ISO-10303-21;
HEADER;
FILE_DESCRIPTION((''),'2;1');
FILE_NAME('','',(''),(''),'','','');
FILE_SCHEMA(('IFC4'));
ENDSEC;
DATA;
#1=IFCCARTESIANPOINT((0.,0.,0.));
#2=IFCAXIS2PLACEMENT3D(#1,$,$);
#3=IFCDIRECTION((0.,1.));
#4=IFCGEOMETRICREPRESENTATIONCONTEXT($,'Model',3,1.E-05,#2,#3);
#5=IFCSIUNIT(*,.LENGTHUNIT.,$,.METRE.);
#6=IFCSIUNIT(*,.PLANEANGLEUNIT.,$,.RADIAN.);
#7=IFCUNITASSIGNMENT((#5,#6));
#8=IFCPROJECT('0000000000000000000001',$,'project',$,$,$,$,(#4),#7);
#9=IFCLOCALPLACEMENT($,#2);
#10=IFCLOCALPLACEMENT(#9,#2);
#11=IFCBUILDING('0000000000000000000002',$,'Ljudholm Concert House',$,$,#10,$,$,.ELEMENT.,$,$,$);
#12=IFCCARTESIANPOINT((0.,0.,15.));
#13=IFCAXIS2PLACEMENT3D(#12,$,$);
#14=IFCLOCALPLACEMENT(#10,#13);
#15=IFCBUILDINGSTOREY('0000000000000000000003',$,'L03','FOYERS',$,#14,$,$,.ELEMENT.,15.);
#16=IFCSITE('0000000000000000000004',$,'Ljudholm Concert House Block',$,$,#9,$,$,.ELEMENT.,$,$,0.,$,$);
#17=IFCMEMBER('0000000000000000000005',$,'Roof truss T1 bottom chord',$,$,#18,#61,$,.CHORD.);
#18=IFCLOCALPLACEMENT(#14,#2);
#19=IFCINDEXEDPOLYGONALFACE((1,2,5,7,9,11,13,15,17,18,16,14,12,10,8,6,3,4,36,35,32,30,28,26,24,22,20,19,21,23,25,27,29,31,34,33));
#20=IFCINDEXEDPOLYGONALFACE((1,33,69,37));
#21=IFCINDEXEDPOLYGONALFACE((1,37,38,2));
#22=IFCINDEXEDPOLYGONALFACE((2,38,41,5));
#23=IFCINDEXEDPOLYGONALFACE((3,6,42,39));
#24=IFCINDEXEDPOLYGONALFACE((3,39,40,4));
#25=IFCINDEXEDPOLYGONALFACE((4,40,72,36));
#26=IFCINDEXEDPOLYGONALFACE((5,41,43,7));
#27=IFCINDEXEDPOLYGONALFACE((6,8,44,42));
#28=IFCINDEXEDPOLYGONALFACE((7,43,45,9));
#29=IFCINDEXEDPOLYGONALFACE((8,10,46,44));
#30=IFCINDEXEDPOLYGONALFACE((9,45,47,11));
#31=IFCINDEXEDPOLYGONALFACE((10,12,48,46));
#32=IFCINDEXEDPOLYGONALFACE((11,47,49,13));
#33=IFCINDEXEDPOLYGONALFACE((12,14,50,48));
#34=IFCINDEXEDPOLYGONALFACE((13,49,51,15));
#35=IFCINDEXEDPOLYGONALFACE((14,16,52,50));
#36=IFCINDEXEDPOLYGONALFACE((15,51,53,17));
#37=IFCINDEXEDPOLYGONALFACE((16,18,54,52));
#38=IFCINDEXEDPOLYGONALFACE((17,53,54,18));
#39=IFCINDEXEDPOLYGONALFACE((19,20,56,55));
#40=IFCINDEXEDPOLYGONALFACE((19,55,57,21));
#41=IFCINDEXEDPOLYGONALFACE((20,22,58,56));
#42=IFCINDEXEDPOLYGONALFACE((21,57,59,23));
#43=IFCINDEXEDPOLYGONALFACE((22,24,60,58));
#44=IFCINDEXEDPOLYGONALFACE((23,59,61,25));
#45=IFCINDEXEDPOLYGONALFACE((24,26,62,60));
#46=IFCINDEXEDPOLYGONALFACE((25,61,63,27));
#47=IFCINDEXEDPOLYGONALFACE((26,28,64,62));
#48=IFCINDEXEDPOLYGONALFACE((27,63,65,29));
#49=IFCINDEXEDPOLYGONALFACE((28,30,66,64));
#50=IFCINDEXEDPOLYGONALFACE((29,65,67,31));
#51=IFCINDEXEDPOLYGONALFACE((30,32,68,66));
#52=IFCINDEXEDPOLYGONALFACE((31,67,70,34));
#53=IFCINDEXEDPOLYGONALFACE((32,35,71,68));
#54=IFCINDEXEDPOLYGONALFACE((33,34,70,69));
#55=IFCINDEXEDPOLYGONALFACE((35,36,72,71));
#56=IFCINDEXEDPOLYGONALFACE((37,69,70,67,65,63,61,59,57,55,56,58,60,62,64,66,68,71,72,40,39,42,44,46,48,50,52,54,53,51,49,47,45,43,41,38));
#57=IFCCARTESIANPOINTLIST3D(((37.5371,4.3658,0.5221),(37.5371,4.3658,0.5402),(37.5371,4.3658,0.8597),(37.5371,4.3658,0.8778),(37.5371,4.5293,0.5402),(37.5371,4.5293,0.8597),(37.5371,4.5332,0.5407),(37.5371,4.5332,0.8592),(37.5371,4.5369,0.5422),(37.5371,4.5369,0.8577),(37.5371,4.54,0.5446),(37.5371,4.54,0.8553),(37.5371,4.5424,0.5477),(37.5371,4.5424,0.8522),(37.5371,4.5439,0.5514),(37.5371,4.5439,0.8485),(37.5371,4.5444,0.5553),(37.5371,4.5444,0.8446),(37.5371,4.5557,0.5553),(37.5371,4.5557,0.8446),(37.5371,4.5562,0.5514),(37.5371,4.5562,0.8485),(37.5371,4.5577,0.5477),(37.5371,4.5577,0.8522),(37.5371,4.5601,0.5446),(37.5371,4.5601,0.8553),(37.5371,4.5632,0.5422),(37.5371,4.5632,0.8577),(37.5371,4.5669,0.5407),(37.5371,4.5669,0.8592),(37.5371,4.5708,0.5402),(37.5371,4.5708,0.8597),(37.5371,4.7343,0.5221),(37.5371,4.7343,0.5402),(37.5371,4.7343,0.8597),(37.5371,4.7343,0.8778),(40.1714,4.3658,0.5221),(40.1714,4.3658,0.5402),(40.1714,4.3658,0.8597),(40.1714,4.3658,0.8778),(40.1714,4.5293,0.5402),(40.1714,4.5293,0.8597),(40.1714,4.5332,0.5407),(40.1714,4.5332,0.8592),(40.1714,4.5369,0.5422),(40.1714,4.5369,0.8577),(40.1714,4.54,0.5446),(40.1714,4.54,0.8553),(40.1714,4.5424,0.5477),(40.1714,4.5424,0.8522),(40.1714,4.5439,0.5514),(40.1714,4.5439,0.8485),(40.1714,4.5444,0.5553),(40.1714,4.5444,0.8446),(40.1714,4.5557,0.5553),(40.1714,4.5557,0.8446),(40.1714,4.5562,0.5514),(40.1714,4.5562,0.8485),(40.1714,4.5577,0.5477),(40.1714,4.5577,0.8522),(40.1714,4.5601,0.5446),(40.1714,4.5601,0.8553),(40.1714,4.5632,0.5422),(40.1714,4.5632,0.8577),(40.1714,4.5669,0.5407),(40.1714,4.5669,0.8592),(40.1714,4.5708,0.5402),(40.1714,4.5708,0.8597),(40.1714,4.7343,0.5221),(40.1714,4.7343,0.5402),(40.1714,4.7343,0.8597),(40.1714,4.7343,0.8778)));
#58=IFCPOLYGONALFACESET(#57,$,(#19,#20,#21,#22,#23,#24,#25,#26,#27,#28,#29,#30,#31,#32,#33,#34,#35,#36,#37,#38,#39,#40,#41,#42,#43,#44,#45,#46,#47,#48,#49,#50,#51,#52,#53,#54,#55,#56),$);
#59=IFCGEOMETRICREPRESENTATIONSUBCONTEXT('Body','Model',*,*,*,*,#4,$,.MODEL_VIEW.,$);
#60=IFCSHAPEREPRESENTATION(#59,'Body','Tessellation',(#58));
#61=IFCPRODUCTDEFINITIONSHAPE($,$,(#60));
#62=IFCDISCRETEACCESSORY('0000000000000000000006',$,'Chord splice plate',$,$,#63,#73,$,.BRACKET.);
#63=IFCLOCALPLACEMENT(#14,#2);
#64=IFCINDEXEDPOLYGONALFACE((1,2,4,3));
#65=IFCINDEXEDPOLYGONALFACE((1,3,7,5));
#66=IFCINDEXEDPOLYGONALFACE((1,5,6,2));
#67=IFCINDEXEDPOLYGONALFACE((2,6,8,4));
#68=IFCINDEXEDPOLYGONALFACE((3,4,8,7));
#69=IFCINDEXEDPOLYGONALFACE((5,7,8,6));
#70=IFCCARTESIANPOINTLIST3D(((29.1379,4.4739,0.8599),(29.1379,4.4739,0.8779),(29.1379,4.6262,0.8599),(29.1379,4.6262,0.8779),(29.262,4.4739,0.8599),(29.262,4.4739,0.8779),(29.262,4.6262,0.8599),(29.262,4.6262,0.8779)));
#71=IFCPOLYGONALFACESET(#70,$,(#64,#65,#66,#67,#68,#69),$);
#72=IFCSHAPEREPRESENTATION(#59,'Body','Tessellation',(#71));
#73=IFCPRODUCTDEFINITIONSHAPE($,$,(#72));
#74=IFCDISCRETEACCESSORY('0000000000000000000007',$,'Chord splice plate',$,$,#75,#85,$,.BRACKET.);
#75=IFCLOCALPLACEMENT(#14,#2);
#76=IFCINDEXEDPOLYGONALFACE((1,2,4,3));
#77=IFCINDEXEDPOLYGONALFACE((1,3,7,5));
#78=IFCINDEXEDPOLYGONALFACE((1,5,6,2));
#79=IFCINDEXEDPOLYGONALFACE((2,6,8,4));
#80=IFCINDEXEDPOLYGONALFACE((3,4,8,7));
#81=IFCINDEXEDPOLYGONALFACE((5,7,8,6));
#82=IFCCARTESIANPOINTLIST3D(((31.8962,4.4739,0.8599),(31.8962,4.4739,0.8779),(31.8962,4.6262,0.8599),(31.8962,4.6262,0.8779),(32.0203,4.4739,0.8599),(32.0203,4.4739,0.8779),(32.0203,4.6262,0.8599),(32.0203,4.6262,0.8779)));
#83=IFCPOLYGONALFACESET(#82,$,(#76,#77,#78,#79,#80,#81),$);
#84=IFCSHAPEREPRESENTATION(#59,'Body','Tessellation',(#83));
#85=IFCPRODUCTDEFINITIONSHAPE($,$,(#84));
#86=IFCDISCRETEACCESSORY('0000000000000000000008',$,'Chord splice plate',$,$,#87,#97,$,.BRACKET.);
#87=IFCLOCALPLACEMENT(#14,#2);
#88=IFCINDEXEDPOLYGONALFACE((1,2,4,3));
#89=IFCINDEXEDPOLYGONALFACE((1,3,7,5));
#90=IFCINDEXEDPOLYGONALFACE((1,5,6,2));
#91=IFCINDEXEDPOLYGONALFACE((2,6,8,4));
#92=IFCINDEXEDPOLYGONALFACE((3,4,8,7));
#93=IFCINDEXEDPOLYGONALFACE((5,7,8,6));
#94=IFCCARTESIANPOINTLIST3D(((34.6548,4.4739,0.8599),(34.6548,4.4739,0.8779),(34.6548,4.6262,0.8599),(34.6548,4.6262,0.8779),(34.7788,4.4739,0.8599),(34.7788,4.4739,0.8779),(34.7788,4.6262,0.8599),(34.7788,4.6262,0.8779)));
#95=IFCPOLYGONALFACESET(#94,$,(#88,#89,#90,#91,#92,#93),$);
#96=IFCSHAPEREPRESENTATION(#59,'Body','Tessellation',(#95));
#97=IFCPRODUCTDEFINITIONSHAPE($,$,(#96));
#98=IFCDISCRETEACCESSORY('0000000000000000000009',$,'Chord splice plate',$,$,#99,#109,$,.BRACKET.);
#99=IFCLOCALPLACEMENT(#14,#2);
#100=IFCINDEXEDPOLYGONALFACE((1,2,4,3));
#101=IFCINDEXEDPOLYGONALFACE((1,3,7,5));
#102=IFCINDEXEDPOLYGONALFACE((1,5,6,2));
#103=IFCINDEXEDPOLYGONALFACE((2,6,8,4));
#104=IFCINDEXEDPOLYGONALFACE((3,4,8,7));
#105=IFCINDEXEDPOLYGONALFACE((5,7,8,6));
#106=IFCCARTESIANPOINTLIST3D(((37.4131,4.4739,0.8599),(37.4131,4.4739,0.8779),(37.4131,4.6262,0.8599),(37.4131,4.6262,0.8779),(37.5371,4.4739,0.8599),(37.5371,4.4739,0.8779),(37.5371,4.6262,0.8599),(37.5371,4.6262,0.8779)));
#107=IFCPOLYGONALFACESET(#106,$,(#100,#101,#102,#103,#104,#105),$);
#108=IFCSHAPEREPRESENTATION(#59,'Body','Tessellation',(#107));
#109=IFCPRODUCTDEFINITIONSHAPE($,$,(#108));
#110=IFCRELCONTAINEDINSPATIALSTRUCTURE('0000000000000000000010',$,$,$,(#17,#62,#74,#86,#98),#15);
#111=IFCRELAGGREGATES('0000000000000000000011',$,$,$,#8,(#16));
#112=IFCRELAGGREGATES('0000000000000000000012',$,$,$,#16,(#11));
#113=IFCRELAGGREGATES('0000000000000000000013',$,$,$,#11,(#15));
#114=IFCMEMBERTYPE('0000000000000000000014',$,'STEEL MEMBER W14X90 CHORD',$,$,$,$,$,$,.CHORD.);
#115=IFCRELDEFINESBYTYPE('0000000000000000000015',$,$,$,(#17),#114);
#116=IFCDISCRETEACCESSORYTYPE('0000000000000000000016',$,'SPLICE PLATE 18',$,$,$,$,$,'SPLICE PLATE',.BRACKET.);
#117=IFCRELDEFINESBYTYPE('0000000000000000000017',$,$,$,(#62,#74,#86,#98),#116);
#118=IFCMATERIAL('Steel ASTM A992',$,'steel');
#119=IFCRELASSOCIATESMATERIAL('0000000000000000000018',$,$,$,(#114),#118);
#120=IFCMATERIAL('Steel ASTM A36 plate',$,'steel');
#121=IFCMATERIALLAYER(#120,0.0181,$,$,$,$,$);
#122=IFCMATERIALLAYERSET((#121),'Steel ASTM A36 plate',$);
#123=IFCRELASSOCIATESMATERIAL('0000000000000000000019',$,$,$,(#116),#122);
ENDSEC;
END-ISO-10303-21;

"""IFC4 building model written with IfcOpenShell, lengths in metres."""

from ifc_helpers import new_model, si_unit, direction, frame, origin, origin_2d, place, context, subcontext, project, spatial, rectangle, i_section, extrude, material, layer, layer_set, material_profile, profile_set, type_object, element, save


model = new_model("IFC4")

# Units and contexts
model_context = context("Model", 3, precision=1e-05, world=origin(), true_north=direction((0.0, 1.0)))
body_context = subcontext(model_context, "Body", "Model", "MODEL_VIEW")
ifc_project = project(units=[si_unit("LENGTHUNIT", "METRE"), si_unit("PLANEANGLEUNIT", "RADIAN")], contexts=[model_context])

# Site, building, storey
site_placement = place(None, origin())
site = spatial("IfcSite", under=ifc_project, at=site_placement, Name="Ljudholm Concert House Block", CompositionType="ELEMENT", RefElevation=0.0)
building_placement = place(site_placement, origin())
building = spatial("IfcBuilding", under=site, at=building_placement, Name="Ljudholm Concert House", CompositionType="ELEMENT")
storey_placement = place(building_placement, frame((0.0, 0.0, 15.0)))
storey = spatial("IfcBuildingStorey", under=building, at=storey_placement, Name="L03", Description="FOYERS", CompositionType="ELEMENT", Elevation=15.0)

# Member
ifc_material_1 = material(Name="Steel ASTM A992", Category="steel")
ifc_material_profile_1 = material_profile(ifc_material_1, i_section(OverallWidth=0.3684, OverallDepth=0.3557, WebThickness=0.0112, FlangeThickness=0.0181, FilletRadius=0.0151, at=origin_2d()), Name="W14X90")
ifc_profile_set_1 = profile_set([ifc_material_profile_1], Name="Steel ASTM A992")
member_type = type_object("IfcMemberType", Name="STEEL MEMBER W14X90 CHORD", PredefinedType="CHORD", material=ifc_profile_set_1)
member_1_placement = place(storey_placement, frame((37.5371, 4.55, 0.7), z_axis=(1.0, 0.0, 0.0), x_axis=(0.0, 1.0, 0.0)))
element("IfcMember", 1, at=member_1_placement, inside=storey, type_object=member_type, Name="Roof truss T1 bottom chord", PredefinedType="CHORD", context=body_context, shape_type="SweptSolid", body=[
    extrude(i_section(OverallWidth=0.3684, OverallDepth=0.3557, WebThickness=0.0112, FlangeThickness=0.0181, FilletRadius=0.0151, at=origin_2d()), origin(), (0.0, 0.0, 1.0), 2.6343),
])

# Discrete accessories
ifc_material_2 = material(Name="Steel ASTM A36 plate", Category="steel")
ifc_layer_1 = layer(ifc_material_2, 0.0181)
ifc_layer_set_1 = layer_set([ifc_layer_1], Name="Steel ASTM A36 plate")
discrete_accessory_type_1 = type_object("IfcDiscreteAccessoryType", Name="SPLICE PLATE 18", ElementType="SPLICE PLATE", PredefinedType="BRACKET", material=ifc_layer_set_1)
for number, where, z_axis, x_axis, name in (
    (2, (29.2, 4.55, 0.8599), (0.0, 0.0, 1.0), (1.0, 0.0, 0.0), "Chord splice plate"),
    (3, (31.9583, 4.55, 0.8599), (0.0, 0.0, 1.0), (1.0, 0.0, 0.0), "Chord splice plate"),
    (4, (34.7168, 4.55, 0.8599), (0.0, 0.0, 1.0), (1.0, 0.0, 0.0), "Chord splice plate"),
    (5, (37.4751, 4.55, 0.8599), (0.0, 0.0, 1.0), (1.0, 0.0, 0.0), "Chord splice plate"),
):
    element("IfcDiscreteAccessory", number, at=place(storey_placement, frame(where, z_axis=z_axis, x_axis=x_axis)), inside=storey, type_object=discrete_accessory_type_1, Name=name, PredefinedType="BRACKET", context=body_context, shape_type="SweptSolid", body=[
        extrude(rectangle(XDim=0.124, YDim=0.1523, at=origin_2d()), origin(), (0.0, 0.0, 1.0), 0.0181),
    ])

save(model, "model.ifc")
